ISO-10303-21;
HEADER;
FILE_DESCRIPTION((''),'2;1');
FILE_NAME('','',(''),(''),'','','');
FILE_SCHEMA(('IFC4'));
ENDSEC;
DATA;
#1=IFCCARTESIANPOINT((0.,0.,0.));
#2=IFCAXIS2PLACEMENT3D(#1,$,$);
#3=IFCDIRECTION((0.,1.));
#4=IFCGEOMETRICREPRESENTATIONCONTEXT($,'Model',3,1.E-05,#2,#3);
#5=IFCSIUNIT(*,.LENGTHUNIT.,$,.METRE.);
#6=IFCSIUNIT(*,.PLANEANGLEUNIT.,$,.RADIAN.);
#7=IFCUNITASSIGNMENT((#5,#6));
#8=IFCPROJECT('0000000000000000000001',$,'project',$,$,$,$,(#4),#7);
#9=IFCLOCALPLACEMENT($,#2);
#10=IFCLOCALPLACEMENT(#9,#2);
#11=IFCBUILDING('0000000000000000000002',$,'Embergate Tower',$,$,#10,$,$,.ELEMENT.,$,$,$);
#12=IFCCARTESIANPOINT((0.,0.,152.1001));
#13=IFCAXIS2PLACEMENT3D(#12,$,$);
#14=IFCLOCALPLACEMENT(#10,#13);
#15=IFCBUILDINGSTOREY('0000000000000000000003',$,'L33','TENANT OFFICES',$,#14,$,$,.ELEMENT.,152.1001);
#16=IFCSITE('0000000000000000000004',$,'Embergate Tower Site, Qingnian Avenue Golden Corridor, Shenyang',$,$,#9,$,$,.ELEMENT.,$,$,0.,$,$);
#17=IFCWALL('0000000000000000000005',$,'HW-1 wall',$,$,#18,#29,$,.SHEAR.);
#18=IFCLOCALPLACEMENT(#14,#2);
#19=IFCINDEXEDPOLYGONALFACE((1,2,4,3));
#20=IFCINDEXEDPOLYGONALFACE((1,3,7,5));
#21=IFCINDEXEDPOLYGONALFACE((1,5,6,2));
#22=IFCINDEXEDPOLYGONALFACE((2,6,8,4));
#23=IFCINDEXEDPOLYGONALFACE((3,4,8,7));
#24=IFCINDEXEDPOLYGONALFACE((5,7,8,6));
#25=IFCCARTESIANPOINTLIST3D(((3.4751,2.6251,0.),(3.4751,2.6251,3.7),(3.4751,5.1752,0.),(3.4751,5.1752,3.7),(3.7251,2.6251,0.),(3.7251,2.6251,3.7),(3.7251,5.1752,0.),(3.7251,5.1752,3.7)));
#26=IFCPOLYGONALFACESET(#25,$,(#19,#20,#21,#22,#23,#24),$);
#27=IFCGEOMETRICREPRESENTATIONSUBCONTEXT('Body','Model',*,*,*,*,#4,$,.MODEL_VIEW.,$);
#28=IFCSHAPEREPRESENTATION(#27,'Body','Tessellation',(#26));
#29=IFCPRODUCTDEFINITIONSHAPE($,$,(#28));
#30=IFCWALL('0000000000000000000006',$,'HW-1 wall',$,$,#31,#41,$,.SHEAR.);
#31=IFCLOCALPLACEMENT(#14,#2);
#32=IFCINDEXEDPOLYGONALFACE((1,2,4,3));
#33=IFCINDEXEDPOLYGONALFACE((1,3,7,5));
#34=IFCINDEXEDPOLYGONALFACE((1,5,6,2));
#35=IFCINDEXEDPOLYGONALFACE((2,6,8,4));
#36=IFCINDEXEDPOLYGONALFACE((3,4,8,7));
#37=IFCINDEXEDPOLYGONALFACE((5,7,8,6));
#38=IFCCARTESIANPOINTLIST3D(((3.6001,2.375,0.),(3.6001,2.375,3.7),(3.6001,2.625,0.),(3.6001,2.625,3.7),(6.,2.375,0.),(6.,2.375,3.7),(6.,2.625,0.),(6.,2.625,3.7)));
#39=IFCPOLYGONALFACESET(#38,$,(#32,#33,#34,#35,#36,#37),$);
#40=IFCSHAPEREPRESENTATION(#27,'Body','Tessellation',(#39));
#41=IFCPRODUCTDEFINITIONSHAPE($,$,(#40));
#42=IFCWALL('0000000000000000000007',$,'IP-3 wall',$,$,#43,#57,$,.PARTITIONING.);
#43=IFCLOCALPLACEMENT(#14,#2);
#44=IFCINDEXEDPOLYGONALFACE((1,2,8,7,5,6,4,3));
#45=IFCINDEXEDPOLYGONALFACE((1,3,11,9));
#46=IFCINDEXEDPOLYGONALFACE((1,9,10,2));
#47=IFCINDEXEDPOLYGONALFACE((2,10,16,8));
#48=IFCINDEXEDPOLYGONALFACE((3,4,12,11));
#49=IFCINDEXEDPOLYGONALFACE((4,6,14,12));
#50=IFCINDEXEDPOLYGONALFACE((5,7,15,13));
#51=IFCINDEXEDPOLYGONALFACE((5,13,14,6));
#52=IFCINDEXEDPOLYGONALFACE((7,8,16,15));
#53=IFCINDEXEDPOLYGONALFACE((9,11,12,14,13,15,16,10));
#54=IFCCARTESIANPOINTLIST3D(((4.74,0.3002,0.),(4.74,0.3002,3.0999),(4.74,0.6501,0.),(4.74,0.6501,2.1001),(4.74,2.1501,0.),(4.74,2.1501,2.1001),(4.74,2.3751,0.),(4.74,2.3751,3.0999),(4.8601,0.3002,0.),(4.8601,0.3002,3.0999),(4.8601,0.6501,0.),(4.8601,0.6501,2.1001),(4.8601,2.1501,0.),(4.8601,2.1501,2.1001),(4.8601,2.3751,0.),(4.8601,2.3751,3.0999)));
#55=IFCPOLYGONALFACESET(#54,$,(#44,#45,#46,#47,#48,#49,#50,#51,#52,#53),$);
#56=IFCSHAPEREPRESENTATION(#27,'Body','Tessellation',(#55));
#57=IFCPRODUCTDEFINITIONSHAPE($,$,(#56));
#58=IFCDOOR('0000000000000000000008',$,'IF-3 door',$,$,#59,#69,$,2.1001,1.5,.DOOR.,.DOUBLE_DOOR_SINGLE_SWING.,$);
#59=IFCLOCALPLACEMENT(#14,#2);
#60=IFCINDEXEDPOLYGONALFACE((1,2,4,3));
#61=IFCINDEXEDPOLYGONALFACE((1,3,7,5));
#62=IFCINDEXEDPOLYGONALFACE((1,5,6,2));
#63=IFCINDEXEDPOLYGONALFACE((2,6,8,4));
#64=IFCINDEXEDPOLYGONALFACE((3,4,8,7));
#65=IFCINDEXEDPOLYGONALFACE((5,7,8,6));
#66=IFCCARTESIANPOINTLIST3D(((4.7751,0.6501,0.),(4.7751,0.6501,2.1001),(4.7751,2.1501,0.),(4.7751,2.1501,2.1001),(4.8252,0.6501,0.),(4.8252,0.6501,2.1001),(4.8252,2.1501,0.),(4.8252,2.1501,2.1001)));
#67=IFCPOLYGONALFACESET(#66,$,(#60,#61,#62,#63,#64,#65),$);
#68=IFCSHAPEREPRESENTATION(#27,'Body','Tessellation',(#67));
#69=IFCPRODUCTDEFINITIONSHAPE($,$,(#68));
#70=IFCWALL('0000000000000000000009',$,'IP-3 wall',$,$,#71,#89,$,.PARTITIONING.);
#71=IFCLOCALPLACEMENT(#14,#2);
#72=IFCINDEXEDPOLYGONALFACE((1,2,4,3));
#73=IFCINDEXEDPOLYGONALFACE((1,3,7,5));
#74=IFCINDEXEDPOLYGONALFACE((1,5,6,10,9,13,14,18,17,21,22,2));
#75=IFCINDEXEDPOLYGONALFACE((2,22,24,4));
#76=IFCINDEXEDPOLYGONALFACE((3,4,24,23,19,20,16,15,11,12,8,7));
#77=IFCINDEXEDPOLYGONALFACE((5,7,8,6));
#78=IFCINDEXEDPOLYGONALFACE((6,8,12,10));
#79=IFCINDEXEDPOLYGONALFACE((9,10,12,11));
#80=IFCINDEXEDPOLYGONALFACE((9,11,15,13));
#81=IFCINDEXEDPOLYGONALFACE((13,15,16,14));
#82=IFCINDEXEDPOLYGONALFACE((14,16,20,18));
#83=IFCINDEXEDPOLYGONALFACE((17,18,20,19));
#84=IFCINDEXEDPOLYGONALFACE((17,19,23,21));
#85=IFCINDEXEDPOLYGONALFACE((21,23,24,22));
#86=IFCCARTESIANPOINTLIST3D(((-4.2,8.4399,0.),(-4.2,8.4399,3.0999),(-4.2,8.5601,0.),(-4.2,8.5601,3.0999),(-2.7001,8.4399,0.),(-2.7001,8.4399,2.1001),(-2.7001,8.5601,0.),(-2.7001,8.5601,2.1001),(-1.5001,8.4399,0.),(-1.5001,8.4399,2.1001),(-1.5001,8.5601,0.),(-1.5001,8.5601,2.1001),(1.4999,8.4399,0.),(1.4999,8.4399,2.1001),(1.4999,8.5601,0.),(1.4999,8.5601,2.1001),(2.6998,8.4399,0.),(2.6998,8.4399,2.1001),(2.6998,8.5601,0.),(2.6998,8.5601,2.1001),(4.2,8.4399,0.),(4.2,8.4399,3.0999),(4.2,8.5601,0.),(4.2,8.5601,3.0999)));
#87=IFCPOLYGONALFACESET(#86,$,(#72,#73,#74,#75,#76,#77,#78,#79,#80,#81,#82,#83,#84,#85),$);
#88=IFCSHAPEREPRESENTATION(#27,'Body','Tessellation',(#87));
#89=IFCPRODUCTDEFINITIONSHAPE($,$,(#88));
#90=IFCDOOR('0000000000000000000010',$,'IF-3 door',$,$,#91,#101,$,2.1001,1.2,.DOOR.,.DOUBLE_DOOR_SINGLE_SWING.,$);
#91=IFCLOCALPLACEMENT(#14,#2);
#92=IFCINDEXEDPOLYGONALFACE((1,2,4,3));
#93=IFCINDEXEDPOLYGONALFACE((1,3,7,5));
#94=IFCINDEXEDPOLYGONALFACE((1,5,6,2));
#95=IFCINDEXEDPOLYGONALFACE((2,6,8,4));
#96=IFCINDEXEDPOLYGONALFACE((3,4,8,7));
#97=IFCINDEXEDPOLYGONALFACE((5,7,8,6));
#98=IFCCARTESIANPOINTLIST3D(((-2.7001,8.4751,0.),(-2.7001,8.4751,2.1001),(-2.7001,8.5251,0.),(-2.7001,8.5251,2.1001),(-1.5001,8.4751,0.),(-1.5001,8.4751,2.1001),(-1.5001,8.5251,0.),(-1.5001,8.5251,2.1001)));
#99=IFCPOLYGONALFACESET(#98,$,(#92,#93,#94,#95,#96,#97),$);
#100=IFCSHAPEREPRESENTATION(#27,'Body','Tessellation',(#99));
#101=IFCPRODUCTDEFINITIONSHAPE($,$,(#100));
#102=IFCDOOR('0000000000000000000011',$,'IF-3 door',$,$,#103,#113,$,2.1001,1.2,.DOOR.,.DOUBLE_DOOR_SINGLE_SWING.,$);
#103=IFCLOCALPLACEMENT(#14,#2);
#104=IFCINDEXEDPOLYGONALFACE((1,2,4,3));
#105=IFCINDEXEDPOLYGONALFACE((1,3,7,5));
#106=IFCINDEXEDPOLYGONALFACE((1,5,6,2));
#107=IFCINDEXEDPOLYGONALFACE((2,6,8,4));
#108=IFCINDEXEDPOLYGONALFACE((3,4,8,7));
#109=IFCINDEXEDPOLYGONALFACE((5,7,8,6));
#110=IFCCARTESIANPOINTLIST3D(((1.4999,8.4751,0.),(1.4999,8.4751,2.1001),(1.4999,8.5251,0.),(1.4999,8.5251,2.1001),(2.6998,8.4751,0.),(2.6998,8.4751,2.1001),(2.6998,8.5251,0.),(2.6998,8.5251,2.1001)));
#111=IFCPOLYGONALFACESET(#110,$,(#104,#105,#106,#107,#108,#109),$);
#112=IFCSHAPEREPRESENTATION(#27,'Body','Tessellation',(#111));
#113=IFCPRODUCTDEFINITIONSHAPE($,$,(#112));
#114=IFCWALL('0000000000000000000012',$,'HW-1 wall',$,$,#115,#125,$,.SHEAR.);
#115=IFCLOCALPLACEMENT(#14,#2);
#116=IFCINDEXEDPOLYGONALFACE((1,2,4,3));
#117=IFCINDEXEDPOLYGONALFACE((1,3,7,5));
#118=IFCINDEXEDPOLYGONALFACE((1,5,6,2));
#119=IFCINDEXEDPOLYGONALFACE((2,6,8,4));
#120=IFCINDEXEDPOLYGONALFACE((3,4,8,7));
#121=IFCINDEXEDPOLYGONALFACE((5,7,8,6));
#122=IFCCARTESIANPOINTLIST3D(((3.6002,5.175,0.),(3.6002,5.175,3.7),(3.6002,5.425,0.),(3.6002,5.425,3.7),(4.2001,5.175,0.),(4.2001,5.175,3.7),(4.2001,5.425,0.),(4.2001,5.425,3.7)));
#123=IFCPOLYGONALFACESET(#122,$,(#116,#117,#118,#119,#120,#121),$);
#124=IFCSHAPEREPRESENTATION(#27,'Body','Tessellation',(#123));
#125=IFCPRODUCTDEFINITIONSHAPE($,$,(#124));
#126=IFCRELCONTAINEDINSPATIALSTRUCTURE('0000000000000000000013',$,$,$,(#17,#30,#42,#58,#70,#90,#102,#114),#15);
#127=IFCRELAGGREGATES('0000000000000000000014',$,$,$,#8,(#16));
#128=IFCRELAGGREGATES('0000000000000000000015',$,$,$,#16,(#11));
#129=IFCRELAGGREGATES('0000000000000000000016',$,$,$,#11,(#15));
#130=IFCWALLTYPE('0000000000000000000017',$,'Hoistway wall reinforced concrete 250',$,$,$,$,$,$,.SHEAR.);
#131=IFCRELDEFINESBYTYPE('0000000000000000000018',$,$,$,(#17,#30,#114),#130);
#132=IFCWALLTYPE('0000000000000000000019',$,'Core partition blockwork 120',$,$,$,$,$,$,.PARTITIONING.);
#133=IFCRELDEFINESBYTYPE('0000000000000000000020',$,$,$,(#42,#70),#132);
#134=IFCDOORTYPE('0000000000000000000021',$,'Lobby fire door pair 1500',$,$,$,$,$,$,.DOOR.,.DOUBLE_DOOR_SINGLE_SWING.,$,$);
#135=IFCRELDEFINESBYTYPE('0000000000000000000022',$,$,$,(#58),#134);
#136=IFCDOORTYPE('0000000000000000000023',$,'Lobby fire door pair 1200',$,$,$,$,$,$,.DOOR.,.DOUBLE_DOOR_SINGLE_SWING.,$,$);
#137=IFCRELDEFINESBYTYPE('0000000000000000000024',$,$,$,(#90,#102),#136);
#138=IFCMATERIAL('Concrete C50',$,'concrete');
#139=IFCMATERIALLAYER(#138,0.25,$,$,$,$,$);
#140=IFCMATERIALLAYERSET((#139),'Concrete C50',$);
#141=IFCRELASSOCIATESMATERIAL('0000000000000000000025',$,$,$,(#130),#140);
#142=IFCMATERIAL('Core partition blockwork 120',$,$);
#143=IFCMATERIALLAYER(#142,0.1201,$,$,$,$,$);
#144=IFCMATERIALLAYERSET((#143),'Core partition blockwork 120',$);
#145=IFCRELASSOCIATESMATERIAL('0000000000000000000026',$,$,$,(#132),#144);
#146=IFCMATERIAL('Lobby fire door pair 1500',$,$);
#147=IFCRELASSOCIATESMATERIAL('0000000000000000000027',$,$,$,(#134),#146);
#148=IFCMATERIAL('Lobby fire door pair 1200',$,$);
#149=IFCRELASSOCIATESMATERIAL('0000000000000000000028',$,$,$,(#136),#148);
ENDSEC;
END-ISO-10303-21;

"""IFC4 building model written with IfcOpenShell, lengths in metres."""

from ifc_helpers import new_model, si_unit, direction, frame, frame_2d, origin, place, context, subcontext, project, spatial, rectangle, extrude, source, transform, mapped, material, layer, layer_set, type_object, element, fill, save


model = new_model("IFC4")

# Units and contexts
model_context = context("Model", 3, precision=1e-05, world=origin(), true_north=direction((0.0, 1.0)))
body_context = subcontext(model_context, "Body", "Model", "MODEL_VIEW")
ifc_project = project(units=[si_unit("LENGTHUNIT", "METRE"), si_unit("PLANEANGLEUNIT", "RADIAN")], contexts=[model_context])

# Site, building, storey
site_placement = place(None, origin())
site = spatial("IfcSite", under=ifc_project, at=site_placement, Name="Embergate Tower Site, Qingnian Avenue Golden Corridor, Shenyang", CompositionType="ELEMENT", RefElevation=0.0)
building_placement = place(site_placement, origin())
building = spatial("IfcBuilding", under=site, at=building_placement, Name="Embergate Tower", CompositionType="ELEMENT")
storey_placement = place(building_placement, frame((0.0, 0.0, 152.1001)))
storey = spatial("IfcBuildingStorey", under=building, at=storey_placement, Name="L33", Description="TENANT OFFICES", CompositionType="ELEMENT", Elevation=152.1001)

# Walls
ifc_material_1 = material(Name="Concrete C50", Category="concrete")
ifc_layer_1 = layer(ifc_material_1, 0.25)
ifc_layer_set_1 = layer_set([ifc_layer_1], Name="Concrete C50")
wall_type_1 = type_object("IfcWallType", Name="Hoistway wall reinforced concrete 250", PredefinedType="SHEAR", material=ifc_layer_set_1)
shared_shape_1 = source(origin(), body_context, "Body", "SweptSolid", [
    extrude(rectangle(XDim=2.55, YDim=0.25, at=frame_2d((1.2749, 0.0))), origin(), (0.0, 0.0, 1.0), 3.7),
])
wall_1_placement = place(storey_placement, frame((3.6001, 5.175, 0.0), z_axis=(0.0, 0.0, 1.0), x_axis=(0.0, -1.0, 0.0)))
element("IfcWall", 1, at=wall_1_placement, inside=storey, type_object=wall_type_1, Name="HW-1 wall", PredefinedType="SHEAR", context=body_context, shape_type="MappedRepresentation", body=[
    mapped(shared_shape_1, transform((0.0, 0.0, 0.0))),
])
shared_shape_2 = source(origin(), body_context, "Body", "SweptSolid", [
    extrude(rectangle(XDim=2.3999, YDim=0.25, at=frame_2d((1.2, 0.0))), origin(), (0.0, 0.0, 1.0), 3.7),
])
wall_2_placement = place(storey_placement, frame((3.6001, 2.5, 0.0), z_axis=(0.0, 0.0, 1.0), x_axis=(1.0, 0.0, 0.0)))
element("IfcWall", 2, at=wall_2_placement, inside=storey, type_object=wall_type_1, Name="HW-1 wall", PredefinedType="SHEAR", context=body_context, shape_type="MappedRepresentation", body=[
    mapped(shared_shape_2, transform((0.0, 0.0, 0.0))),
])

# Wall, opening, door
ifc_material_2 = material(Name="Core partition blockwork 120")
ifc_layer_2 = layer(ifc_material_2, 0.1201)
ifc_layer_set_2 = layer_set([ifc_layer_2], Name="Core partition blockwork 120")
wall_type_2 = type_object("IfcWallType", Name="Core partition blockwork 120", PredefinedType="PARTITIONING", material=ifc_layer_set_2)
shared_shape_3 = source(origin(), body_context, "Body", "SweptSolid", [
    extrude(rectangle(XDim=2.075, YDim=0.1201, at=frame_2d((1.0376, 0.0))), origin(), (0.0, 0.0, 1.0), 3.0999),
])
wall_3_placement = place(storey_placement, frame((4.8, 0.3, 0.0), z_axis=(0.0, 0.0, 1.0), x_axis=(0.0, 1.0, 0.0)))
wall_3 = element("IfcWall", 3, at=wall_3_placement, inside=storey, type_object=wall_type_2, Name="IP-3 wall", PredefinedType="PARTITIONING", context=body_context, shape_type="MappedRepresentation", body=[
    mapped(shared_shape_3, transform((0.0, 0.0, 0.0))),
])
shared_shape_4 = source(origin(), body_context, "Body", "SweptSolid", [
    extrude(rectangle(XDim=1.5, YDim=2.1001, at=frame_2d((0.75, 1.05))), frame((0.0, 0.0701, 0.0), z_axis=(0.0, -1.0, 0.0), x_axis=(1.0, 0.0, 0.0)), (0.0, 0.0, 1.0), 0.1401),
])
opening_1_placement = place(wall_3_placement, frame((0.3501, 0.0, 0.0)))
opening_1 = element("IfcOpeningElement", 4, at=opening_1_placement, cuts=wall_3, PredefinedType="OPENING", context=body_context, shape_type="MappedRepresentation", body=[
    mapped(shared_shape_4, transform((0.0, 0.0, 0.0))),
])
ifc_material_3 = material(Name="Lobby fire door pair 1500")
door_type_1 = type_object("IfcDoorType", Name="Lobby fire door pair 1500", OperationType="DOUBLE_DOOR_SINGLE_SWING", PredefinedType="DOOR", material=ifc_material_3)
shared_shape_5 = source(origin(), body_context, "Body", "SweptSolid", [
    extrude(rectangle(XDim=1.5, YDim=2.1001, at=frame_2d((0.75, 1.05))), frame((0.0, 0.0249, 0.0), z_axis=(0.0, -1.0, 0.0), x_axis=(1.0, 0.0, 0.0)), (0.0, 0.0, 1.0), 0.05),
])
door_1_placement = place(opening_1_placement, origin())
door_1 = element("IfcDoor", 5, at=door_1_placement, inside=storey, type_object=door_type_1, Name="IF-3 door", OperationType="DOUBLE_DOOR_SINGLE_SWING", OverallHeight=2.1001, OverallWidth=1.5, PredefinedType="DOOR", context=body_context, shape_type="MappedRepresentation", body=[
    mapped(shared_shape_5, transform((0.0, 0.0, 0.0))),
])
fill(opening_1, door_1)

# Wall, openings, doors
shared_shape_6 = source(origin(), body_context, "Body", "SweptSolid", [
    extrude(rectangle(XDim=8.3999, YDim=0.1201, at=frame_2d((4.2, 0.0))), origin(), (0.0, 0.0, 1.0), 3.0999),
])
wall_4_placement = place(storey_placement, frame((4.2, 8.5, 0.0), z_axis=(0.0, 0.0, 1.0), x_axis=(-1.0, 0.0, 0.0)))
wall_4 = element("IfcWall", 6, at=wall_4_placement, inside=storey, type_object=wall_type_2, Name="IP-3 wall", PredefinedType="PARTITIONING", context=body_context, shape_type="MappedRepresentation", body=[
    mapped(shared_shape_6, transform((0.0, 0.0, 0.0))),
])
shared_shape_7 = source(origin(), body_context, "Body", "SweptSolid", [
    extrude(rectangle(XDim=1.2, YDim=2.1001, at=frame_2d((0.6001, 1.05))), frame((0.0, 0.0701, 0.0), z_axis=(0.0, -1.0, 0.0), x_axis=(1.0, 0.0, 0.0)), (0.0, 0.0, 1.0), 0.1401),
])
opening_2_placement = place(wall_4_placement, frame((5.7, 0.0, 0.0)))
opening_2 = element("IfcOpeningElement", 7, at=opening_2_placement, cuts=wall_4, PredefinedType="OPENING", context=body_context, shape_type="MappedRepresentation", body=[
    mapped(shared_shape_7, transform((0.0, 0.0, 0.0))),
])
opening_3_placement = place(wall_4_placement, frame((1.5, 0.0, 0.0)))
opening_3 = element("IfcOpeningElement", 8, at=opening_3_placement, cuts=wall_4, PredefinedType="OPENING", context=body_context, shape_type="MappedRepresentation", body=[
    mapped(shared_shape_7, transform((0.0, 0.0, 0.0))),
])
ifc_material_4 = material(Name="Lobby fire door pair 1200")
door_type_2 = type_object("IfcDoorType", Name="Lobby fire door pair 1200", OperationType="DOUBLE_DOOR_SINGLE_SWING", PredefinedType="DOOR", material=ifc_material_4)
shared_shape_8 = source(origin(), body_context, "Body", "SweptSolid", [
    extrude(rectangle(XDim=1.2, YDim=2.1001, at=frame_2d((0.6001, 1.05))), frame((0.0, 0.0249, 0.0), z_axis=(0.0, -1.0, 0.0), x_axis=(1.0, 0.0, 0.0)), (0.0, 0.0, 1.0), 0.05),
])
door_2_placement = place(opening_2_placement, origin())
door_2 = element("IfcDoor", 9, at=door_2_placement, inside=storey, type_object=door_type_2, Name="IF-3 door", OperationType="DOUBLE_DOOR_SINGLE_SWING", OverallHeight=2.1001, OverallWidth=1.2, PredefinedType="DOOR", context=body_context, shape_type="MappedRepresentation", body=[
    mapped(shared_shape_8, transform((0.0, 0.0, 0.0))),
])
fill(opening_2, door_2)
door_3_placement = place(opening_3_placement, origin())
door_3 = element("IfcDoor", 10, at=door_3_placement, inside=storey, type_object=door_type_2, Name="IF-3 door", OperationType="DOUBLE_DOOR_SINGLE_SWING", OverallHeight=2.1001, OverallWidth=1.2, PredefinedType="DOOR", context=body_context, shape_type="MappedRepresentation", body=[
    mapped(shared_shape_8, transform((0.0, 0.0, 0.0))),
])
fill(opening_3, door_3)

# Wall
shared_shape_9 = source(origin(), body_context, "Body", "SweptSolid", [
    extrude(rectangle(XDim=0.5999, YDim=0.25, at=frame_2d((0.2998, 0.0))), origin(), (0.0, 0.0, 1.0), 3.7),
])
wall_5_placement = place(storey_placement, frame((4.2, 5.3, 0.0), z_axis=(0.0, 0.0, 1.0), x_axis=(-1.0, 0.0, 0.0)))
element("IfcWall", 11, at=wall_5_placement, inside=storey, type_object=wall_type_1, Name="HW-1 wall", PredefinedType="SHEAR", context=body_context, shape_type="MappedRepresentation", body=[
    mapped(shared_shape_9, transform((0.0, 0.0, 0.0))),
])

save(model, "model.ifc")
